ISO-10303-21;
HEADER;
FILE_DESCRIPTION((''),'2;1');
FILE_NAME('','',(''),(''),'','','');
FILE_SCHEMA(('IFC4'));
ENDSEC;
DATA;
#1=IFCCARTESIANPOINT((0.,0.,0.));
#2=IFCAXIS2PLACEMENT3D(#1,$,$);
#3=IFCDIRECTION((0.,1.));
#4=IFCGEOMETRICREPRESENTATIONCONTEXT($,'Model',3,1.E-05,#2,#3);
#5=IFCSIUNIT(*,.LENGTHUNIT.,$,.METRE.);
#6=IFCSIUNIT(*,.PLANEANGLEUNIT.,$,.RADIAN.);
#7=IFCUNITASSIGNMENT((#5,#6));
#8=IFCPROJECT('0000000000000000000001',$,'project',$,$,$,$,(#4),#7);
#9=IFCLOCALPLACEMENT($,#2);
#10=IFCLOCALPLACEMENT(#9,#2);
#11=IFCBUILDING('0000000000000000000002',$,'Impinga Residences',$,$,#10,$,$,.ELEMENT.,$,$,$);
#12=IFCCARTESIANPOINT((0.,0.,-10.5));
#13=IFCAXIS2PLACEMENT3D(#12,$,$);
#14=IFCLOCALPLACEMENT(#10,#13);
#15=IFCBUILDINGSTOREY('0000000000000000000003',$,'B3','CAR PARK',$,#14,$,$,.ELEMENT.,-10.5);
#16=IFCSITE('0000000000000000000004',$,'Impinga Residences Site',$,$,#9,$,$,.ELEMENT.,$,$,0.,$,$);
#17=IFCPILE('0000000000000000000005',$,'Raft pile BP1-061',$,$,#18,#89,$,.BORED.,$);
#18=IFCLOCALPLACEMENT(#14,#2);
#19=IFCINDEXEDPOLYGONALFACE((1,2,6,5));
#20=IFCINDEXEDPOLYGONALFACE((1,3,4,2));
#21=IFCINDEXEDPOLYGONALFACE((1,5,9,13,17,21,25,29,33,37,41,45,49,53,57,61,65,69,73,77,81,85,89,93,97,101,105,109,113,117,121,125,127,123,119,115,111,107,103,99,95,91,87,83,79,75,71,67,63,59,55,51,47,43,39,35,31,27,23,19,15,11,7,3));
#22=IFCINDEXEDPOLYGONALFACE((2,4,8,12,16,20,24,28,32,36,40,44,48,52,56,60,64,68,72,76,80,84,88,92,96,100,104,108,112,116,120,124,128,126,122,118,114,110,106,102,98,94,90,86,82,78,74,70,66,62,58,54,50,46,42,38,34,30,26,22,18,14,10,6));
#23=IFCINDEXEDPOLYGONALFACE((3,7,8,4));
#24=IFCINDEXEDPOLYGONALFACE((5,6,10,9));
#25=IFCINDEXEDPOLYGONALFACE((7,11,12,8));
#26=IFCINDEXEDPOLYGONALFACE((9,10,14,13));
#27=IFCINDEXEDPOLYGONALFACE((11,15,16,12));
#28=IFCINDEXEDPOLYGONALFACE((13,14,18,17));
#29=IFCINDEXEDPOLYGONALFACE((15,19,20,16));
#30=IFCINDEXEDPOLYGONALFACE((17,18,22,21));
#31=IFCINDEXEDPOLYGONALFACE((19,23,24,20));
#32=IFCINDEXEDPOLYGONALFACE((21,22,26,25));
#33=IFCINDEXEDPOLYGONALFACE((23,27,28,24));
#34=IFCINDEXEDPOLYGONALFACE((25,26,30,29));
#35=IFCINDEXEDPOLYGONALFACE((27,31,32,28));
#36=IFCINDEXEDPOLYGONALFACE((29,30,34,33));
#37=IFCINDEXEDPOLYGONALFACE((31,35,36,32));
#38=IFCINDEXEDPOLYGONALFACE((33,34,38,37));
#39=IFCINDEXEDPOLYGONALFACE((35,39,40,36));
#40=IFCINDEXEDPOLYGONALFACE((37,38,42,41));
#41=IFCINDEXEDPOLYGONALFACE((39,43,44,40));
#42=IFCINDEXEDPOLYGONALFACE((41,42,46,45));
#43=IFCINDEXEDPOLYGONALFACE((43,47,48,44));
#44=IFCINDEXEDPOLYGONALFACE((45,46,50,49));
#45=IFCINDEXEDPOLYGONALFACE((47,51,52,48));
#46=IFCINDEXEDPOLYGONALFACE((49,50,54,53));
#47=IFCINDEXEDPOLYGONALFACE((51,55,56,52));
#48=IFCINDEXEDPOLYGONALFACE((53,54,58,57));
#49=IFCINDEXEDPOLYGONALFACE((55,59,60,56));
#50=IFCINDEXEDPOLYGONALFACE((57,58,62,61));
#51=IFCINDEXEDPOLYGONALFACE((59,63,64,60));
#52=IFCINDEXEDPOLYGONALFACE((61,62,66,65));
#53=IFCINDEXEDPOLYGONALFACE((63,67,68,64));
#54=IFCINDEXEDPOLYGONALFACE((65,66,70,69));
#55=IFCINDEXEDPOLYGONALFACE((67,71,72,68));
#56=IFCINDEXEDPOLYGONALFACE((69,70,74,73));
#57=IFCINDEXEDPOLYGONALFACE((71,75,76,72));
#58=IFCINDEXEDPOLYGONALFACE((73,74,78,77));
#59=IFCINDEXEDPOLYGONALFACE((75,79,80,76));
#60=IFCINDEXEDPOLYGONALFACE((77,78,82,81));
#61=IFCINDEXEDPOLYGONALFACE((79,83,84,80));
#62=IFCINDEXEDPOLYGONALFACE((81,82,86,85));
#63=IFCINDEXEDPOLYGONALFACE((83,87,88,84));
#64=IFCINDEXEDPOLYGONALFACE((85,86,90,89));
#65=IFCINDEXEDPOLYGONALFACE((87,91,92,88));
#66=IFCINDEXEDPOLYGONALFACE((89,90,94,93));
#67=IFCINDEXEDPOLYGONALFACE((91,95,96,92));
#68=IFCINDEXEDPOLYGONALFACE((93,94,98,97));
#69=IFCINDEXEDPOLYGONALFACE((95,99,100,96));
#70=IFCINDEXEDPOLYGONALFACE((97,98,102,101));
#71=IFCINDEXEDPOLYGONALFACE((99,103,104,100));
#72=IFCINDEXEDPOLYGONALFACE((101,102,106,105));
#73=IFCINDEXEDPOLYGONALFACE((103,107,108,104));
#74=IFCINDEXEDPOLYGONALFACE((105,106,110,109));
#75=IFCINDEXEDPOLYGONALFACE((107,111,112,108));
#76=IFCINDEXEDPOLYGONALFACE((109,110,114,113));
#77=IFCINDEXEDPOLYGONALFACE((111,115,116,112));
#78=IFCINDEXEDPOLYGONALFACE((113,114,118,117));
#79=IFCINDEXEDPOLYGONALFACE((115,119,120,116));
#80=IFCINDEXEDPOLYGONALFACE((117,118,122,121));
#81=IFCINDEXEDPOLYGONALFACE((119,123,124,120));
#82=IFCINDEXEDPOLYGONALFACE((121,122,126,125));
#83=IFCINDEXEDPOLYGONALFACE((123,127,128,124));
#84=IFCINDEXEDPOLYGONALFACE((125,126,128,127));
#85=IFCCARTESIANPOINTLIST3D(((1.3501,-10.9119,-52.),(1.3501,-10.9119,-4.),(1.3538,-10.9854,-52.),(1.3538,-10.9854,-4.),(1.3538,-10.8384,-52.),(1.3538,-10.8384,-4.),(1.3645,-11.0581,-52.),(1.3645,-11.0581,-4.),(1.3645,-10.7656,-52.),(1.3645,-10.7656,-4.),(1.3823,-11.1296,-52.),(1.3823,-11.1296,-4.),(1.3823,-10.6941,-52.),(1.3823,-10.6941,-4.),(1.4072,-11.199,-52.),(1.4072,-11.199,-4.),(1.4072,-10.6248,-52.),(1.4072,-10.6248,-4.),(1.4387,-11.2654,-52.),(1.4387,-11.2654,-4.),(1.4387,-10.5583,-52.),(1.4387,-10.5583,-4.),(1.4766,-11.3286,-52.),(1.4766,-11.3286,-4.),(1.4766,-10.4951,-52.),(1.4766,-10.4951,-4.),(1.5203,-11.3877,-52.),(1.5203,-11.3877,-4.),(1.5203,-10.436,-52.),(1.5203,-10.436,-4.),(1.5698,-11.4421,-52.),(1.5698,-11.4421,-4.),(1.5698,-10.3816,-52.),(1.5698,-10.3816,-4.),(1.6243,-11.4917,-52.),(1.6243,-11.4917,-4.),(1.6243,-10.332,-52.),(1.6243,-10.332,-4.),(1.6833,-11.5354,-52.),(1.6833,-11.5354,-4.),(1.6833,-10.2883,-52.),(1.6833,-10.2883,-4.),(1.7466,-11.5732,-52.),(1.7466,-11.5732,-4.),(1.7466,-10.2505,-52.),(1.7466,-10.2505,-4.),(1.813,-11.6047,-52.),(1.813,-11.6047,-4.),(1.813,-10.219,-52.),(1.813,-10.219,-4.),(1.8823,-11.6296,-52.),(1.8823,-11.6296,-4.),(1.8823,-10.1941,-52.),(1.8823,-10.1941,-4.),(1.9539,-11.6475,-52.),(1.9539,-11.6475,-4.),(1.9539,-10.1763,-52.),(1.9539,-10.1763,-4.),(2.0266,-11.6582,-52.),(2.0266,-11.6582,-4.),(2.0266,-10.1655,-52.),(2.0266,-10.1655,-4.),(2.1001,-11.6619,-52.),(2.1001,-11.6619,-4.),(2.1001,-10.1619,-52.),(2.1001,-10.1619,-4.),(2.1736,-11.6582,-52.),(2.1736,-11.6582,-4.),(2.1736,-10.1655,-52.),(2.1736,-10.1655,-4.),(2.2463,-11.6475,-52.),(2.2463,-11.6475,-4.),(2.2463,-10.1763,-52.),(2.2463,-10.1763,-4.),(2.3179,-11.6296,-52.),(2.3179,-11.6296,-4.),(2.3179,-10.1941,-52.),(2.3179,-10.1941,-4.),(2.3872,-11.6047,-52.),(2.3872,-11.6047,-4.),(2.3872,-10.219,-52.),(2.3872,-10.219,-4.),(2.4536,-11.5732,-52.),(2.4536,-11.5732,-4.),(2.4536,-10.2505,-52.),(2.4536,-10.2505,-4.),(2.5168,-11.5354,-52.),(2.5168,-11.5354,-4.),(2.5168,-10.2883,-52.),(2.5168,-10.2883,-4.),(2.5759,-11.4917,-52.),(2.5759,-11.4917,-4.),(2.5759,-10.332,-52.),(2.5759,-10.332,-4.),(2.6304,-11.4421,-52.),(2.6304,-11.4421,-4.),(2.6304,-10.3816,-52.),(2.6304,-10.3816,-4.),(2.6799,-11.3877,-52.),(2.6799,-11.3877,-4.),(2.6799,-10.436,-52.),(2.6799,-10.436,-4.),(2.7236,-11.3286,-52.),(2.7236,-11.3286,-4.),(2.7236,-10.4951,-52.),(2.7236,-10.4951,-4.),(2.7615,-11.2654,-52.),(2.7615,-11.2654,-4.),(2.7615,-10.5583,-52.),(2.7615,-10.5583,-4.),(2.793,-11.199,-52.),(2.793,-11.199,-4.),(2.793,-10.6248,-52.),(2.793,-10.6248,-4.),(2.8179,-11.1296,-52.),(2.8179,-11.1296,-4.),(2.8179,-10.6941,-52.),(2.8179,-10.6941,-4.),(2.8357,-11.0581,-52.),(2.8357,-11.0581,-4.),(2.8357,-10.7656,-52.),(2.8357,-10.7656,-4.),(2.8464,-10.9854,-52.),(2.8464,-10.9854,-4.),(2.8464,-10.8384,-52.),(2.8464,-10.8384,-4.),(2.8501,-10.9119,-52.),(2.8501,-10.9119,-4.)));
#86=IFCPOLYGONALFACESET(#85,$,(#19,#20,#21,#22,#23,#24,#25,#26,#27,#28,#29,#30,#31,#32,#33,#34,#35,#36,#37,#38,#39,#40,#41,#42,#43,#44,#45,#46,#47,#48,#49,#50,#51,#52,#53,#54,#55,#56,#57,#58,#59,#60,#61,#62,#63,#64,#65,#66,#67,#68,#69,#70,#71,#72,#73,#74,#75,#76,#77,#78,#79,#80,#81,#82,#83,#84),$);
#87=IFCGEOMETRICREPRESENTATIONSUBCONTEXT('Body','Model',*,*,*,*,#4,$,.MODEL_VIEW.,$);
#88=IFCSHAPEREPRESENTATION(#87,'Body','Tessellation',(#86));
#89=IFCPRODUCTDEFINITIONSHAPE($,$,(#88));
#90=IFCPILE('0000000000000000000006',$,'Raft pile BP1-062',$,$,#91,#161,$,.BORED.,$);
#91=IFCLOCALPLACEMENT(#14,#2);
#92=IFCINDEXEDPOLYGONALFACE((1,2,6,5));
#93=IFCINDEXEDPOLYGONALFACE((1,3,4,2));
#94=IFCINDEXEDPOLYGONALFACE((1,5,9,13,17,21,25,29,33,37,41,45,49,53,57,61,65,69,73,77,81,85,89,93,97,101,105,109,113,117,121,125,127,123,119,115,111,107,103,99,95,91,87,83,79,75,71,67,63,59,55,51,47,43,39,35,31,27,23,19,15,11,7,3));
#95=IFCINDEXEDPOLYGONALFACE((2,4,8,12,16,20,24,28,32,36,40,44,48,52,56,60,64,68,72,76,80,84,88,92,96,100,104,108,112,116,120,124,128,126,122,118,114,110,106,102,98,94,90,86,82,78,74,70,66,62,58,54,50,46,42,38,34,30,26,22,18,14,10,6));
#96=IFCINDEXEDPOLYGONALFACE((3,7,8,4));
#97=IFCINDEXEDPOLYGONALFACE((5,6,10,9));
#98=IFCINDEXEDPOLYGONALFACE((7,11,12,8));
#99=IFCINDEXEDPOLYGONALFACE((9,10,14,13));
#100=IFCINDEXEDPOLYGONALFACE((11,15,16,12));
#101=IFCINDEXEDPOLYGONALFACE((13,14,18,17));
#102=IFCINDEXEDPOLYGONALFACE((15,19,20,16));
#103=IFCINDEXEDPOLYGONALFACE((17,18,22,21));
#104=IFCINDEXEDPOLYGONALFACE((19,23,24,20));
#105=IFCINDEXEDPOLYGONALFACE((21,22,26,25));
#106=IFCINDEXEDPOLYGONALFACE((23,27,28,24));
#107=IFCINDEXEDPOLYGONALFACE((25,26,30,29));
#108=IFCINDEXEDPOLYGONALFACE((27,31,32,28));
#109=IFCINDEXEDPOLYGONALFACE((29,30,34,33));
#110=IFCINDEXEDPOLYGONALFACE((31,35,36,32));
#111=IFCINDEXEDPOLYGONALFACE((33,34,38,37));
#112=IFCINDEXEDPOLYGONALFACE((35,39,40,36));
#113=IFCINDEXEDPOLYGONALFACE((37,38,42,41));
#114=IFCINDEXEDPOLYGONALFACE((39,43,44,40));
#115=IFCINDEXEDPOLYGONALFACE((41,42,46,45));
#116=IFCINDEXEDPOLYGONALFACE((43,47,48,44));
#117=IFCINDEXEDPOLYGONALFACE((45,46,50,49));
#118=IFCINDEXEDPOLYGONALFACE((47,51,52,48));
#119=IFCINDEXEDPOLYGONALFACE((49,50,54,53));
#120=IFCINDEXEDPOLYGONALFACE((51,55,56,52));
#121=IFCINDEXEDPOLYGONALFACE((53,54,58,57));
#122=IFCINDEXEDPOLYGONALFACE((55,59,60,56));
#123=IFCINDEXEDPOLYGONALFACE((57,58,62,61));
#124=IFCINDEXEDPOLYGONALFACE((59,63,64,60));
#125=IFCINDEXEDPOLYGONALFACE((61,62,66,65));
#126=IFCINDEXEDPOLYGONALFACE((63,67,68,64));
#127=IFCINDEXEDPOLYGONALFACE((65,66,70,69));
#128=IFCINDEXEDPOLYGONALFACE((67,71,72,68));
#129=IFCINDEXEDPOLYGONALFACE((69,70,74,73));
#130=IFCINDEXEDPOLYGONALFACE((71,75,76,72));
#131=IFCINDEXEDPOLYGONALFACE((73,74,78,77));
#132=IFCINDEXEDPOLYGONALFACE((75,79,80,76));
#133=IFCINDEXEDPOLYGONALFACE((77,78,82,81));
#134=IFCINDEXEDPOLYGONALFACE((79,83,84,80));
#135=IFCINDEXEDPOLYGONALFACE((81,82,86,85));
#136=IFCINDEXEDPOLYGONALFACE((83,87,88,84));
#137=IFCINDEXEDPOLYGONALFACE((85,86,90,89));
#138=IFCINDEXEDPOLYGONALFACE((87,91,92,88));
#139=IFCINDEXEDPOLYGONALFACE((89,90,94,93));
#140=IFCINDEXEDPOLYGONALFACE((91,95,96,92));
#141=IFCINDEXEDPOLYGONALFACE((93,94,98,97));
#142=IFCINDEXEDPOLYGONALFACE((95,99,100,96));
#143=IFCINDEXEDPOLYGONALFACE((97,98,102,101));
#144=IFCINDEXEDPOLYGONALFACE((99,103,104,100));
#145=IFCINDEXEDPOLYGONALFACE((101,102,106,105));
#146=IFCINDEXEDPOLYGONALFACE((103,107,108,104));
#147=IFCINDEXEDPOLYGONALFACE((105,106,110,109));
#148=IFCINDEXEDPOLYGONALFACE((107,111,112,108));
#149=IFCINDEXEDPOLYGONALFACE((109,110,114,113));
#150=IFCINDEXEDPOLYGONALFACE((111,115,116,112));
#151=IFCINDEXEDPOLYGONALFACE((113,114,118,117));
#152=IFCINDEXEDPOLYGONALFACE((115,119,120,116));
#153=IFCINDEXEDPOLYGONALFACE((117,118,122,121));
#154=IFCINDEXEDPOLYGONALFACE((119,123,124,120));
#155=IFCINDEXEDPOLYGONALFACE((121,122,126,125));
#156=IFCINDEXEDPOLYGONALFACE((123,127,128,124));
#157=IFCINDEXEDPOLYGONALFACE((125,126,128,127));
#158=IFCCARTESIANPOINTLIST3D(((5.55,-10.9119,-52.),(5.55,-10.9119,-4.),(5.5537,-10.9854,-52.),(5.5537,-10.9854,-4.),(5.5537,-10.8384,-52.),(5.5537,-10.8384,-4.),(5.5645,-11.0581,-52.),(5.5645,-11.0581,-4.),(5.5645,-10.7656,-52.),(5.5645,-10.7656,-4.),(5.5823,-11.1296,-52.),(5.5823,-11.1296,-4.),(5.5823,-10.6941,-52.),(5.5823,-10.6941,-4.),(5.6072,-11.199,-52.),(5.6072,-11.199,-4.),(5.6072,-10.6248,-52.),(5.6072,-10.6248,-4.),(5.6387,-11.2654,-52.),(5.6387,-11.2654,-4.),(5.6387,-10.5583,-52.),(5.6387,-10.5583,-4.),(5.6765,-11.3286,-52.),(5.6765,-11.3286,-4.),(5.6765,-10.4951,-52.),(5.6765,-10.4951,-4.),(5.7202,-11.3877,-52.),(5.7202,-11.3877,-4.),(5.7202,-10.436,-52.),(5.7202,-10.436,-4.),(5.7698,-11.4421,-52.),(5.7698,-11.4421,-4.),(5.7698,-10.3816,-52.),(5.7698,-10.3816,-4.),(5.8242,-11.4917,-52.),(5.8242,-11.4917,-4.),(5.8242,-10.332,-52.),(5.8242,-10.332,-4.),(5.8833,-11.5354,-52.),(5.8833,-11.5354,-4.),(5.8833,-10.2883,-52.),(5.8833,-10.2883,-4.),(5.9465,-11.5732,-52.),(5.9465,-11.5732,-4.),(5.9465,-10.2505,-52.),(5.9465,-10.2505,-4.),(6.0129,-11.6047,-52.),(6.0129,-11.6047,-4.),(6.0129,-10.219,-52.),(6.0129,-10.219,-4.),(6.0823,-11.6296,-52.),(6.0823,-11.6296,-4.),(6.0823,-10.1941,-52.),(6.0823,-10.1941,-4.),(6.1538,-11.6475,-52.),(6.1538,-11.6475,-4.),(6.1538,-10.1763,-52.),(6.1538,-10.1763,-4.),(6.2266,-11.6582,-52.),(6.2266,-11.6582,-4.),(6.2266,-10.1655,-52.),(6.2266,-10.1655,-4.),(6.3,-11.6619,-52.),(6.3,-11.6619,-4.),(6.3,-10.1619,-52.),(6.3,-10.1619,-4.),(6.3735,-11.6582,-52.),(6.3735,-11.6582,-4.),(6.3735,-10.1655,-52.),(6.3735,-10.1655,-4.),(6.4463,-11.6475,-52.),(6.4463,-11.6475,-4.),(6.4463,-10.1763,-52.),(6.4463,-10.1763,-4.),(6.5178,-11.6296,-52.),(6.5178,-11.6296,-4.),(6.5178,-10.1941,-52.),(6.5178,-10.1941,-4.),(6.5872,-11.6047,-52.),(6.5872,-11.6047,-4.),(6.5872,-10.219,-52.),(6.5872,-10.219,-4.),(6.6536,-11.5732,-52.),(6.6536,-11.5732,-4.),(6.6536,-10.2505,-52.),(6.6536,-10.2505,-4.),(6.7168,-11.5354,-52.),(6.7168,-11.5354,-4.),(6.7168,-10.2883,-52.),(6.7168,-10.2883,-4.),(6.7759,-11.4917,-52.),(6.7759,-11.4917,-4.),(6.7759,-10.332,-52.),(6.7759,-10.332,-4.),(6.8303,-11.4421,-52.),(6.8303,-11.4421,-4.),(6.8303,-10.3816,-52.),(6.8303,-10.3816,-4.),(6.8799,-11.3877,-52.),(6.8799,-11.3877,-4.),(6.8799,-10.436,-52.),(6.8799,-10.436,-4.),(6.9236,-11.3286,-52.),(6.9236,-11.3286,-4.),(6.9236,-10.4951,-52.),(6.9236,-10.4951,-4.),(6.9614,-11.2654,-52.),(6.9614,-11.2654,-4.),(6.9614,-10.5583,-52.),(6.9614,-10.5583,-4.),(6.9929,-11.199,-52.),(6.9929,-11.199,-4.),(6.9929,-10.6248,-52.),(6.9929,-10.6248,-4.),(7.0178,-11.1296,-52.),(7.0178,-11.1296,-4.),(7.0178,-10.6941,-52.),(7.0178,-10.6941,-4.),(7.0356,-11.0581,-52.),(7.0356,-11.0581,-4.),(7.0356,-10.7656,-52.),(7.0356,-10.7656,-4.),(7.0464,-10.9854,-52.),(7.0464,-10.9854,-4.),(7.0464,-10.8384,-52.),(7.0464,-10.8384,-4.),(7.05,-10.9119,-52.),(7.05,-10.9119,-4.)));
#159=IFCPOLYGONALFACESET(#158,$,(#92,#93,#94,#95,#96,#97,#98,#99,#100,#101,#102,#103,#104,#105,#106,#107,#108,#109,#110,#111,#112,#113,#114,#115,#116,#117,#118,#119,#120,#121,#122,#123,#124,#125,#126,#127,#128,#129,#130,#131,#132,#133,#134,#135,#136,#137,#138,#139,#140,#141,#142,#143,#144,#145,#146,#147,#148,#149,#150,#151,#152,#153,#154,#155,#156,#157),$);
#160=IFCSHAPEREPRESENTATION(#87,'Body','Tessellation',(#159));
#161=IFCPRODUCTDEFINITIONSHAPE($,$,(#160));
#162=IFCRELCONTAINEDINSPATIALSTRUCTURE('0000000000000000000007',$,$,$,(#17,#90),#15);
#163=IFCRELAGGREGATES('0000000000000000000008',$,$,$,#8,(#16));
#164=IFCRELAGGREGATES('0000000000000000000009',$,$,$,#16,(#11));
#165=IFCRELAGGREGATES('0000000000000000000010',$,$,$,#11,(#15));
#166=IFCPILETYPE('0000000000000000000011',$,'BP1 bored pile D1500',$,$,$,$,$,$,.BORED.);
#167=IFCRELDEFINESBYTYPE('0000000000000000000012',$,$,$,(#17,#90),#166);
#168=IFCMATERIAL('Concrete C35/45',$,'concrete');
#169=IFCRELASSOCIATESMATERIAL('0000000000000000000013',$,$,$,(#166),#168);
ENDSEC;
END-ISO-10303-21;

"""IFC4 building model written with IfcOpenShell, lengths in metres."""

from ifc_helpers import new_model, si_unit, direction, frame, origin, origin_2d, place, context, subcontext, project, spatial, polyline, circle, outline, extrude, material, material_profile, profile_set, type_object, element, save


model = new_model("IFC4")

# Units and contexts
model_context = context("Model", 3, precision=1e-05, world=origin(), true_north=direction((0.0, 1.0)))
body_context = subcontext(model_context, "Body", "Model", "MODEL_VIEW")
ifc_project = project(units=[si_unit("LENGTHUNIT", "METRE"), si_unit("PLANEANGLEUNIT", "RADIAN")], contexts=[model_context])

# Site, building, storey
site_placement = place(None, origin())
site = spatial("IfcSite", under=ifc_project, at=site_placement, Name="Impinga Residences Site", CompositionType="ELEMENT", RefElevation=0.0)
building_placement = place(site_placement, origin())
building = spatial("IfcBuilding", under=site, at=building_placement, Name="Impinga Residences", CompositionType="ELEMENT")
storey_placement = place(building_placement, frame((0.0, 0.0, -10.5)))
storey = spatial("IfcBuildingStorey", under=building, at=storey_placement, Name="B3", Description="CAR PARK", CompositionType="ELEMENT", Elevation=-10.5)

# Piles
ifc_material_1 = material(Name="Concrete C35/45", Category="concrete")
ifc_material_profile_1 = material_profile(ifc_material_1, circle(Radius=0.75, at=origin_2d()), Name="D1500")
ifc_profile_set_1 = profile_set([ifc_material_profile_1], Name="Concrete C35/45")
pile_type_1 = type_object("IfcPileType", Name="BP1 bored pile D1500", PredefinedType="BORED", material=ifc_profile_set_1)
pile_1_placement = place(storey_placement, frame((2.1001, -10.9119, -4.0), z_axis=(0.0, 0.0, -1.0), x_axis=(1.0, 0.0, 0.0)))
element("IfcPile", 1, at=pile_1_placement, inside=storey, type_object=pile_type_1, Name="Raft pile BP1-061", PredefinedType="BORED", context=body_context, shape_type="SweptSolid", body=[
    extrude(outline(polyline([(0.75, 0.0), (0.7463, 0.0735), (0.7356, 0.1462), (0.7178, 0.2178), (0.6929, 0.2871), (0.6614, 0.3535), (0.6235, 0.4167), (0.5798, 0.4758), (0.5303, 0.5303), (0.4758, 0.5798), (0.4167, 0.6235), (0.3535, 0.6614), (0.2871, 0.6929), (0.2178, 0.7178), (0.1462, 0.7356), (0.0735, 0.7463), (0.0, 0.75), (-0.0735, 0.7463), (-0.1462, 0.7356), (-0.2178, 0.7178), (-0.2871, 0.6929), (-0.3535, 0.6614), (-0.4167, 0.6235), (-0.4758, 0.5798), (-0.5303, 0.5303), (-0.5798, 0.4758), (-0.6235, 0.4167), (-0.6614, 0.3535), (-0.6929, 0.2871), (-0.7178, 0.2178), (-0.7356, 0.1462), (-0.7463, 0.0735), (-0.75, 0.0), (-0.7463, -0.0735), (-0.7356, -0.1462), (-0.7178, -0.2178), (-0.6929, -0.2871), (-0.6614, -0.3535), (-0.6235, -0.4167), (-0.5798, -0.4758), (-0.5303, -0.5303), (-0.4758, -0.5798), (-0.4167, -0.6235), (-0.3535, -0.6614), (-0.2871, -0.6929), (-0.2178, -0.7178), (-0.1462, -0.7356), (-0.0735, -0.7463), (0.0, -0.75), (0.0735, -0.7463), (0.1462, -0.7356), (0.2178, -0.7178), (0.2871, -0.6929), (0.3535, -0.6614), (0.4167, -0.6235), (0.4758, -0.5798), (0.5303, -0.5303), (0.5798, -0.4758), (0.6235, -0.4167), (0.6614, -0.3535), (0.6929, -0.2871), (0.7178, -0.2178), (0.7356, -0.1462), (0.7463, -0.0735), (0.75, 0.0)])), origin(), (0.0, 0.0, 1.0), 48.0),
])
pile_2_placement = place(storey_placement, frame((6.3, -10.9119, -4.0), z_axis=(0.0, 0.0, -1.0), x_axis=(1.0, 0.0, 0.0)))
element("IfcPile", 2, at=pile_2_placement, inside=storey, type_object=pile_type_1, Name="Raft pile BP1-062", PredefinedType="BORED", context=body_context, shape_type="SweptSolid", body=[
    extrude(outline(polyline([(0.75, 0.0), (0.7463, 0.0735), (0.7356, 0.1462), (0.7178, 0.2178), (0.6929, 0.2871), (0.6614, 0.3535), (0.6235, 0.4167), (0.5798, 0.4758), (0.5303, 0.5303), (0.4758, 0.5798), (0.4167, 0.6235), (0.3535, 0.6614), (0.2871, 0.6929), (0.2178, 0.7178), (0.1462, 0.7356), (0.0735, 0.7463), (0.0, 0.75), (-0.0735, 0.7463), (-0.1462, 0.7356), (-0.2178, 0.7178), (-0.2871, 0.6929), (-0.3535, 0.6614), (-0.4167, 0.6235), (-0.4758, 0.5798), (-0.5303, 0.5303), (-0.5798, 0.4758), (-0.6235, 0.4167), (-0.6614, 0.3535), (-0.6929, 0.2871), (-0.7178, 0.2178), (-0.7356, 0.1462), (-0.7463, 0.0735), (-0.75, 0.0), (-0.7463, -0.0735), (-0.7356, -0.1462), (-0.7178, -0.2178), (-0.6929, -0.2871), (-0.6614, -0.3535), (-0.6235, -0.4167), (-0.5798, -0.4758), (-0.5303, -0.5303), (-0.4758, -0.5798), (-0.4167, -0.6235), (-0.3535, -0.6614), (-0.2871, -0.6929), (-0.2178, -0.7178), (-0.1462, -0.7356), (-0.0735, -0.7463), (0.0, -0.75), (0.0735, -0.7463), (0.1462, -0.7356), (0.2178, -0.7178), (0.2871, -0.6929), (0.3535, -0.6614), (0.4167, -0.6235), (0.4758, -0.5798), (0.5303, -0.5303), (0.5798, -0.4758), (0.6235, -0.4167), (0.6614, -0.3535), (0.6929, -0.2871), (0.7178, -0.2178), (0.7356, -0.1462), (0.7463, -0.0735), (0.75, 0.0)])), origin(), (0.0, 0.0, 1.0), 48.0),
])

save(model, "model.ifc")
